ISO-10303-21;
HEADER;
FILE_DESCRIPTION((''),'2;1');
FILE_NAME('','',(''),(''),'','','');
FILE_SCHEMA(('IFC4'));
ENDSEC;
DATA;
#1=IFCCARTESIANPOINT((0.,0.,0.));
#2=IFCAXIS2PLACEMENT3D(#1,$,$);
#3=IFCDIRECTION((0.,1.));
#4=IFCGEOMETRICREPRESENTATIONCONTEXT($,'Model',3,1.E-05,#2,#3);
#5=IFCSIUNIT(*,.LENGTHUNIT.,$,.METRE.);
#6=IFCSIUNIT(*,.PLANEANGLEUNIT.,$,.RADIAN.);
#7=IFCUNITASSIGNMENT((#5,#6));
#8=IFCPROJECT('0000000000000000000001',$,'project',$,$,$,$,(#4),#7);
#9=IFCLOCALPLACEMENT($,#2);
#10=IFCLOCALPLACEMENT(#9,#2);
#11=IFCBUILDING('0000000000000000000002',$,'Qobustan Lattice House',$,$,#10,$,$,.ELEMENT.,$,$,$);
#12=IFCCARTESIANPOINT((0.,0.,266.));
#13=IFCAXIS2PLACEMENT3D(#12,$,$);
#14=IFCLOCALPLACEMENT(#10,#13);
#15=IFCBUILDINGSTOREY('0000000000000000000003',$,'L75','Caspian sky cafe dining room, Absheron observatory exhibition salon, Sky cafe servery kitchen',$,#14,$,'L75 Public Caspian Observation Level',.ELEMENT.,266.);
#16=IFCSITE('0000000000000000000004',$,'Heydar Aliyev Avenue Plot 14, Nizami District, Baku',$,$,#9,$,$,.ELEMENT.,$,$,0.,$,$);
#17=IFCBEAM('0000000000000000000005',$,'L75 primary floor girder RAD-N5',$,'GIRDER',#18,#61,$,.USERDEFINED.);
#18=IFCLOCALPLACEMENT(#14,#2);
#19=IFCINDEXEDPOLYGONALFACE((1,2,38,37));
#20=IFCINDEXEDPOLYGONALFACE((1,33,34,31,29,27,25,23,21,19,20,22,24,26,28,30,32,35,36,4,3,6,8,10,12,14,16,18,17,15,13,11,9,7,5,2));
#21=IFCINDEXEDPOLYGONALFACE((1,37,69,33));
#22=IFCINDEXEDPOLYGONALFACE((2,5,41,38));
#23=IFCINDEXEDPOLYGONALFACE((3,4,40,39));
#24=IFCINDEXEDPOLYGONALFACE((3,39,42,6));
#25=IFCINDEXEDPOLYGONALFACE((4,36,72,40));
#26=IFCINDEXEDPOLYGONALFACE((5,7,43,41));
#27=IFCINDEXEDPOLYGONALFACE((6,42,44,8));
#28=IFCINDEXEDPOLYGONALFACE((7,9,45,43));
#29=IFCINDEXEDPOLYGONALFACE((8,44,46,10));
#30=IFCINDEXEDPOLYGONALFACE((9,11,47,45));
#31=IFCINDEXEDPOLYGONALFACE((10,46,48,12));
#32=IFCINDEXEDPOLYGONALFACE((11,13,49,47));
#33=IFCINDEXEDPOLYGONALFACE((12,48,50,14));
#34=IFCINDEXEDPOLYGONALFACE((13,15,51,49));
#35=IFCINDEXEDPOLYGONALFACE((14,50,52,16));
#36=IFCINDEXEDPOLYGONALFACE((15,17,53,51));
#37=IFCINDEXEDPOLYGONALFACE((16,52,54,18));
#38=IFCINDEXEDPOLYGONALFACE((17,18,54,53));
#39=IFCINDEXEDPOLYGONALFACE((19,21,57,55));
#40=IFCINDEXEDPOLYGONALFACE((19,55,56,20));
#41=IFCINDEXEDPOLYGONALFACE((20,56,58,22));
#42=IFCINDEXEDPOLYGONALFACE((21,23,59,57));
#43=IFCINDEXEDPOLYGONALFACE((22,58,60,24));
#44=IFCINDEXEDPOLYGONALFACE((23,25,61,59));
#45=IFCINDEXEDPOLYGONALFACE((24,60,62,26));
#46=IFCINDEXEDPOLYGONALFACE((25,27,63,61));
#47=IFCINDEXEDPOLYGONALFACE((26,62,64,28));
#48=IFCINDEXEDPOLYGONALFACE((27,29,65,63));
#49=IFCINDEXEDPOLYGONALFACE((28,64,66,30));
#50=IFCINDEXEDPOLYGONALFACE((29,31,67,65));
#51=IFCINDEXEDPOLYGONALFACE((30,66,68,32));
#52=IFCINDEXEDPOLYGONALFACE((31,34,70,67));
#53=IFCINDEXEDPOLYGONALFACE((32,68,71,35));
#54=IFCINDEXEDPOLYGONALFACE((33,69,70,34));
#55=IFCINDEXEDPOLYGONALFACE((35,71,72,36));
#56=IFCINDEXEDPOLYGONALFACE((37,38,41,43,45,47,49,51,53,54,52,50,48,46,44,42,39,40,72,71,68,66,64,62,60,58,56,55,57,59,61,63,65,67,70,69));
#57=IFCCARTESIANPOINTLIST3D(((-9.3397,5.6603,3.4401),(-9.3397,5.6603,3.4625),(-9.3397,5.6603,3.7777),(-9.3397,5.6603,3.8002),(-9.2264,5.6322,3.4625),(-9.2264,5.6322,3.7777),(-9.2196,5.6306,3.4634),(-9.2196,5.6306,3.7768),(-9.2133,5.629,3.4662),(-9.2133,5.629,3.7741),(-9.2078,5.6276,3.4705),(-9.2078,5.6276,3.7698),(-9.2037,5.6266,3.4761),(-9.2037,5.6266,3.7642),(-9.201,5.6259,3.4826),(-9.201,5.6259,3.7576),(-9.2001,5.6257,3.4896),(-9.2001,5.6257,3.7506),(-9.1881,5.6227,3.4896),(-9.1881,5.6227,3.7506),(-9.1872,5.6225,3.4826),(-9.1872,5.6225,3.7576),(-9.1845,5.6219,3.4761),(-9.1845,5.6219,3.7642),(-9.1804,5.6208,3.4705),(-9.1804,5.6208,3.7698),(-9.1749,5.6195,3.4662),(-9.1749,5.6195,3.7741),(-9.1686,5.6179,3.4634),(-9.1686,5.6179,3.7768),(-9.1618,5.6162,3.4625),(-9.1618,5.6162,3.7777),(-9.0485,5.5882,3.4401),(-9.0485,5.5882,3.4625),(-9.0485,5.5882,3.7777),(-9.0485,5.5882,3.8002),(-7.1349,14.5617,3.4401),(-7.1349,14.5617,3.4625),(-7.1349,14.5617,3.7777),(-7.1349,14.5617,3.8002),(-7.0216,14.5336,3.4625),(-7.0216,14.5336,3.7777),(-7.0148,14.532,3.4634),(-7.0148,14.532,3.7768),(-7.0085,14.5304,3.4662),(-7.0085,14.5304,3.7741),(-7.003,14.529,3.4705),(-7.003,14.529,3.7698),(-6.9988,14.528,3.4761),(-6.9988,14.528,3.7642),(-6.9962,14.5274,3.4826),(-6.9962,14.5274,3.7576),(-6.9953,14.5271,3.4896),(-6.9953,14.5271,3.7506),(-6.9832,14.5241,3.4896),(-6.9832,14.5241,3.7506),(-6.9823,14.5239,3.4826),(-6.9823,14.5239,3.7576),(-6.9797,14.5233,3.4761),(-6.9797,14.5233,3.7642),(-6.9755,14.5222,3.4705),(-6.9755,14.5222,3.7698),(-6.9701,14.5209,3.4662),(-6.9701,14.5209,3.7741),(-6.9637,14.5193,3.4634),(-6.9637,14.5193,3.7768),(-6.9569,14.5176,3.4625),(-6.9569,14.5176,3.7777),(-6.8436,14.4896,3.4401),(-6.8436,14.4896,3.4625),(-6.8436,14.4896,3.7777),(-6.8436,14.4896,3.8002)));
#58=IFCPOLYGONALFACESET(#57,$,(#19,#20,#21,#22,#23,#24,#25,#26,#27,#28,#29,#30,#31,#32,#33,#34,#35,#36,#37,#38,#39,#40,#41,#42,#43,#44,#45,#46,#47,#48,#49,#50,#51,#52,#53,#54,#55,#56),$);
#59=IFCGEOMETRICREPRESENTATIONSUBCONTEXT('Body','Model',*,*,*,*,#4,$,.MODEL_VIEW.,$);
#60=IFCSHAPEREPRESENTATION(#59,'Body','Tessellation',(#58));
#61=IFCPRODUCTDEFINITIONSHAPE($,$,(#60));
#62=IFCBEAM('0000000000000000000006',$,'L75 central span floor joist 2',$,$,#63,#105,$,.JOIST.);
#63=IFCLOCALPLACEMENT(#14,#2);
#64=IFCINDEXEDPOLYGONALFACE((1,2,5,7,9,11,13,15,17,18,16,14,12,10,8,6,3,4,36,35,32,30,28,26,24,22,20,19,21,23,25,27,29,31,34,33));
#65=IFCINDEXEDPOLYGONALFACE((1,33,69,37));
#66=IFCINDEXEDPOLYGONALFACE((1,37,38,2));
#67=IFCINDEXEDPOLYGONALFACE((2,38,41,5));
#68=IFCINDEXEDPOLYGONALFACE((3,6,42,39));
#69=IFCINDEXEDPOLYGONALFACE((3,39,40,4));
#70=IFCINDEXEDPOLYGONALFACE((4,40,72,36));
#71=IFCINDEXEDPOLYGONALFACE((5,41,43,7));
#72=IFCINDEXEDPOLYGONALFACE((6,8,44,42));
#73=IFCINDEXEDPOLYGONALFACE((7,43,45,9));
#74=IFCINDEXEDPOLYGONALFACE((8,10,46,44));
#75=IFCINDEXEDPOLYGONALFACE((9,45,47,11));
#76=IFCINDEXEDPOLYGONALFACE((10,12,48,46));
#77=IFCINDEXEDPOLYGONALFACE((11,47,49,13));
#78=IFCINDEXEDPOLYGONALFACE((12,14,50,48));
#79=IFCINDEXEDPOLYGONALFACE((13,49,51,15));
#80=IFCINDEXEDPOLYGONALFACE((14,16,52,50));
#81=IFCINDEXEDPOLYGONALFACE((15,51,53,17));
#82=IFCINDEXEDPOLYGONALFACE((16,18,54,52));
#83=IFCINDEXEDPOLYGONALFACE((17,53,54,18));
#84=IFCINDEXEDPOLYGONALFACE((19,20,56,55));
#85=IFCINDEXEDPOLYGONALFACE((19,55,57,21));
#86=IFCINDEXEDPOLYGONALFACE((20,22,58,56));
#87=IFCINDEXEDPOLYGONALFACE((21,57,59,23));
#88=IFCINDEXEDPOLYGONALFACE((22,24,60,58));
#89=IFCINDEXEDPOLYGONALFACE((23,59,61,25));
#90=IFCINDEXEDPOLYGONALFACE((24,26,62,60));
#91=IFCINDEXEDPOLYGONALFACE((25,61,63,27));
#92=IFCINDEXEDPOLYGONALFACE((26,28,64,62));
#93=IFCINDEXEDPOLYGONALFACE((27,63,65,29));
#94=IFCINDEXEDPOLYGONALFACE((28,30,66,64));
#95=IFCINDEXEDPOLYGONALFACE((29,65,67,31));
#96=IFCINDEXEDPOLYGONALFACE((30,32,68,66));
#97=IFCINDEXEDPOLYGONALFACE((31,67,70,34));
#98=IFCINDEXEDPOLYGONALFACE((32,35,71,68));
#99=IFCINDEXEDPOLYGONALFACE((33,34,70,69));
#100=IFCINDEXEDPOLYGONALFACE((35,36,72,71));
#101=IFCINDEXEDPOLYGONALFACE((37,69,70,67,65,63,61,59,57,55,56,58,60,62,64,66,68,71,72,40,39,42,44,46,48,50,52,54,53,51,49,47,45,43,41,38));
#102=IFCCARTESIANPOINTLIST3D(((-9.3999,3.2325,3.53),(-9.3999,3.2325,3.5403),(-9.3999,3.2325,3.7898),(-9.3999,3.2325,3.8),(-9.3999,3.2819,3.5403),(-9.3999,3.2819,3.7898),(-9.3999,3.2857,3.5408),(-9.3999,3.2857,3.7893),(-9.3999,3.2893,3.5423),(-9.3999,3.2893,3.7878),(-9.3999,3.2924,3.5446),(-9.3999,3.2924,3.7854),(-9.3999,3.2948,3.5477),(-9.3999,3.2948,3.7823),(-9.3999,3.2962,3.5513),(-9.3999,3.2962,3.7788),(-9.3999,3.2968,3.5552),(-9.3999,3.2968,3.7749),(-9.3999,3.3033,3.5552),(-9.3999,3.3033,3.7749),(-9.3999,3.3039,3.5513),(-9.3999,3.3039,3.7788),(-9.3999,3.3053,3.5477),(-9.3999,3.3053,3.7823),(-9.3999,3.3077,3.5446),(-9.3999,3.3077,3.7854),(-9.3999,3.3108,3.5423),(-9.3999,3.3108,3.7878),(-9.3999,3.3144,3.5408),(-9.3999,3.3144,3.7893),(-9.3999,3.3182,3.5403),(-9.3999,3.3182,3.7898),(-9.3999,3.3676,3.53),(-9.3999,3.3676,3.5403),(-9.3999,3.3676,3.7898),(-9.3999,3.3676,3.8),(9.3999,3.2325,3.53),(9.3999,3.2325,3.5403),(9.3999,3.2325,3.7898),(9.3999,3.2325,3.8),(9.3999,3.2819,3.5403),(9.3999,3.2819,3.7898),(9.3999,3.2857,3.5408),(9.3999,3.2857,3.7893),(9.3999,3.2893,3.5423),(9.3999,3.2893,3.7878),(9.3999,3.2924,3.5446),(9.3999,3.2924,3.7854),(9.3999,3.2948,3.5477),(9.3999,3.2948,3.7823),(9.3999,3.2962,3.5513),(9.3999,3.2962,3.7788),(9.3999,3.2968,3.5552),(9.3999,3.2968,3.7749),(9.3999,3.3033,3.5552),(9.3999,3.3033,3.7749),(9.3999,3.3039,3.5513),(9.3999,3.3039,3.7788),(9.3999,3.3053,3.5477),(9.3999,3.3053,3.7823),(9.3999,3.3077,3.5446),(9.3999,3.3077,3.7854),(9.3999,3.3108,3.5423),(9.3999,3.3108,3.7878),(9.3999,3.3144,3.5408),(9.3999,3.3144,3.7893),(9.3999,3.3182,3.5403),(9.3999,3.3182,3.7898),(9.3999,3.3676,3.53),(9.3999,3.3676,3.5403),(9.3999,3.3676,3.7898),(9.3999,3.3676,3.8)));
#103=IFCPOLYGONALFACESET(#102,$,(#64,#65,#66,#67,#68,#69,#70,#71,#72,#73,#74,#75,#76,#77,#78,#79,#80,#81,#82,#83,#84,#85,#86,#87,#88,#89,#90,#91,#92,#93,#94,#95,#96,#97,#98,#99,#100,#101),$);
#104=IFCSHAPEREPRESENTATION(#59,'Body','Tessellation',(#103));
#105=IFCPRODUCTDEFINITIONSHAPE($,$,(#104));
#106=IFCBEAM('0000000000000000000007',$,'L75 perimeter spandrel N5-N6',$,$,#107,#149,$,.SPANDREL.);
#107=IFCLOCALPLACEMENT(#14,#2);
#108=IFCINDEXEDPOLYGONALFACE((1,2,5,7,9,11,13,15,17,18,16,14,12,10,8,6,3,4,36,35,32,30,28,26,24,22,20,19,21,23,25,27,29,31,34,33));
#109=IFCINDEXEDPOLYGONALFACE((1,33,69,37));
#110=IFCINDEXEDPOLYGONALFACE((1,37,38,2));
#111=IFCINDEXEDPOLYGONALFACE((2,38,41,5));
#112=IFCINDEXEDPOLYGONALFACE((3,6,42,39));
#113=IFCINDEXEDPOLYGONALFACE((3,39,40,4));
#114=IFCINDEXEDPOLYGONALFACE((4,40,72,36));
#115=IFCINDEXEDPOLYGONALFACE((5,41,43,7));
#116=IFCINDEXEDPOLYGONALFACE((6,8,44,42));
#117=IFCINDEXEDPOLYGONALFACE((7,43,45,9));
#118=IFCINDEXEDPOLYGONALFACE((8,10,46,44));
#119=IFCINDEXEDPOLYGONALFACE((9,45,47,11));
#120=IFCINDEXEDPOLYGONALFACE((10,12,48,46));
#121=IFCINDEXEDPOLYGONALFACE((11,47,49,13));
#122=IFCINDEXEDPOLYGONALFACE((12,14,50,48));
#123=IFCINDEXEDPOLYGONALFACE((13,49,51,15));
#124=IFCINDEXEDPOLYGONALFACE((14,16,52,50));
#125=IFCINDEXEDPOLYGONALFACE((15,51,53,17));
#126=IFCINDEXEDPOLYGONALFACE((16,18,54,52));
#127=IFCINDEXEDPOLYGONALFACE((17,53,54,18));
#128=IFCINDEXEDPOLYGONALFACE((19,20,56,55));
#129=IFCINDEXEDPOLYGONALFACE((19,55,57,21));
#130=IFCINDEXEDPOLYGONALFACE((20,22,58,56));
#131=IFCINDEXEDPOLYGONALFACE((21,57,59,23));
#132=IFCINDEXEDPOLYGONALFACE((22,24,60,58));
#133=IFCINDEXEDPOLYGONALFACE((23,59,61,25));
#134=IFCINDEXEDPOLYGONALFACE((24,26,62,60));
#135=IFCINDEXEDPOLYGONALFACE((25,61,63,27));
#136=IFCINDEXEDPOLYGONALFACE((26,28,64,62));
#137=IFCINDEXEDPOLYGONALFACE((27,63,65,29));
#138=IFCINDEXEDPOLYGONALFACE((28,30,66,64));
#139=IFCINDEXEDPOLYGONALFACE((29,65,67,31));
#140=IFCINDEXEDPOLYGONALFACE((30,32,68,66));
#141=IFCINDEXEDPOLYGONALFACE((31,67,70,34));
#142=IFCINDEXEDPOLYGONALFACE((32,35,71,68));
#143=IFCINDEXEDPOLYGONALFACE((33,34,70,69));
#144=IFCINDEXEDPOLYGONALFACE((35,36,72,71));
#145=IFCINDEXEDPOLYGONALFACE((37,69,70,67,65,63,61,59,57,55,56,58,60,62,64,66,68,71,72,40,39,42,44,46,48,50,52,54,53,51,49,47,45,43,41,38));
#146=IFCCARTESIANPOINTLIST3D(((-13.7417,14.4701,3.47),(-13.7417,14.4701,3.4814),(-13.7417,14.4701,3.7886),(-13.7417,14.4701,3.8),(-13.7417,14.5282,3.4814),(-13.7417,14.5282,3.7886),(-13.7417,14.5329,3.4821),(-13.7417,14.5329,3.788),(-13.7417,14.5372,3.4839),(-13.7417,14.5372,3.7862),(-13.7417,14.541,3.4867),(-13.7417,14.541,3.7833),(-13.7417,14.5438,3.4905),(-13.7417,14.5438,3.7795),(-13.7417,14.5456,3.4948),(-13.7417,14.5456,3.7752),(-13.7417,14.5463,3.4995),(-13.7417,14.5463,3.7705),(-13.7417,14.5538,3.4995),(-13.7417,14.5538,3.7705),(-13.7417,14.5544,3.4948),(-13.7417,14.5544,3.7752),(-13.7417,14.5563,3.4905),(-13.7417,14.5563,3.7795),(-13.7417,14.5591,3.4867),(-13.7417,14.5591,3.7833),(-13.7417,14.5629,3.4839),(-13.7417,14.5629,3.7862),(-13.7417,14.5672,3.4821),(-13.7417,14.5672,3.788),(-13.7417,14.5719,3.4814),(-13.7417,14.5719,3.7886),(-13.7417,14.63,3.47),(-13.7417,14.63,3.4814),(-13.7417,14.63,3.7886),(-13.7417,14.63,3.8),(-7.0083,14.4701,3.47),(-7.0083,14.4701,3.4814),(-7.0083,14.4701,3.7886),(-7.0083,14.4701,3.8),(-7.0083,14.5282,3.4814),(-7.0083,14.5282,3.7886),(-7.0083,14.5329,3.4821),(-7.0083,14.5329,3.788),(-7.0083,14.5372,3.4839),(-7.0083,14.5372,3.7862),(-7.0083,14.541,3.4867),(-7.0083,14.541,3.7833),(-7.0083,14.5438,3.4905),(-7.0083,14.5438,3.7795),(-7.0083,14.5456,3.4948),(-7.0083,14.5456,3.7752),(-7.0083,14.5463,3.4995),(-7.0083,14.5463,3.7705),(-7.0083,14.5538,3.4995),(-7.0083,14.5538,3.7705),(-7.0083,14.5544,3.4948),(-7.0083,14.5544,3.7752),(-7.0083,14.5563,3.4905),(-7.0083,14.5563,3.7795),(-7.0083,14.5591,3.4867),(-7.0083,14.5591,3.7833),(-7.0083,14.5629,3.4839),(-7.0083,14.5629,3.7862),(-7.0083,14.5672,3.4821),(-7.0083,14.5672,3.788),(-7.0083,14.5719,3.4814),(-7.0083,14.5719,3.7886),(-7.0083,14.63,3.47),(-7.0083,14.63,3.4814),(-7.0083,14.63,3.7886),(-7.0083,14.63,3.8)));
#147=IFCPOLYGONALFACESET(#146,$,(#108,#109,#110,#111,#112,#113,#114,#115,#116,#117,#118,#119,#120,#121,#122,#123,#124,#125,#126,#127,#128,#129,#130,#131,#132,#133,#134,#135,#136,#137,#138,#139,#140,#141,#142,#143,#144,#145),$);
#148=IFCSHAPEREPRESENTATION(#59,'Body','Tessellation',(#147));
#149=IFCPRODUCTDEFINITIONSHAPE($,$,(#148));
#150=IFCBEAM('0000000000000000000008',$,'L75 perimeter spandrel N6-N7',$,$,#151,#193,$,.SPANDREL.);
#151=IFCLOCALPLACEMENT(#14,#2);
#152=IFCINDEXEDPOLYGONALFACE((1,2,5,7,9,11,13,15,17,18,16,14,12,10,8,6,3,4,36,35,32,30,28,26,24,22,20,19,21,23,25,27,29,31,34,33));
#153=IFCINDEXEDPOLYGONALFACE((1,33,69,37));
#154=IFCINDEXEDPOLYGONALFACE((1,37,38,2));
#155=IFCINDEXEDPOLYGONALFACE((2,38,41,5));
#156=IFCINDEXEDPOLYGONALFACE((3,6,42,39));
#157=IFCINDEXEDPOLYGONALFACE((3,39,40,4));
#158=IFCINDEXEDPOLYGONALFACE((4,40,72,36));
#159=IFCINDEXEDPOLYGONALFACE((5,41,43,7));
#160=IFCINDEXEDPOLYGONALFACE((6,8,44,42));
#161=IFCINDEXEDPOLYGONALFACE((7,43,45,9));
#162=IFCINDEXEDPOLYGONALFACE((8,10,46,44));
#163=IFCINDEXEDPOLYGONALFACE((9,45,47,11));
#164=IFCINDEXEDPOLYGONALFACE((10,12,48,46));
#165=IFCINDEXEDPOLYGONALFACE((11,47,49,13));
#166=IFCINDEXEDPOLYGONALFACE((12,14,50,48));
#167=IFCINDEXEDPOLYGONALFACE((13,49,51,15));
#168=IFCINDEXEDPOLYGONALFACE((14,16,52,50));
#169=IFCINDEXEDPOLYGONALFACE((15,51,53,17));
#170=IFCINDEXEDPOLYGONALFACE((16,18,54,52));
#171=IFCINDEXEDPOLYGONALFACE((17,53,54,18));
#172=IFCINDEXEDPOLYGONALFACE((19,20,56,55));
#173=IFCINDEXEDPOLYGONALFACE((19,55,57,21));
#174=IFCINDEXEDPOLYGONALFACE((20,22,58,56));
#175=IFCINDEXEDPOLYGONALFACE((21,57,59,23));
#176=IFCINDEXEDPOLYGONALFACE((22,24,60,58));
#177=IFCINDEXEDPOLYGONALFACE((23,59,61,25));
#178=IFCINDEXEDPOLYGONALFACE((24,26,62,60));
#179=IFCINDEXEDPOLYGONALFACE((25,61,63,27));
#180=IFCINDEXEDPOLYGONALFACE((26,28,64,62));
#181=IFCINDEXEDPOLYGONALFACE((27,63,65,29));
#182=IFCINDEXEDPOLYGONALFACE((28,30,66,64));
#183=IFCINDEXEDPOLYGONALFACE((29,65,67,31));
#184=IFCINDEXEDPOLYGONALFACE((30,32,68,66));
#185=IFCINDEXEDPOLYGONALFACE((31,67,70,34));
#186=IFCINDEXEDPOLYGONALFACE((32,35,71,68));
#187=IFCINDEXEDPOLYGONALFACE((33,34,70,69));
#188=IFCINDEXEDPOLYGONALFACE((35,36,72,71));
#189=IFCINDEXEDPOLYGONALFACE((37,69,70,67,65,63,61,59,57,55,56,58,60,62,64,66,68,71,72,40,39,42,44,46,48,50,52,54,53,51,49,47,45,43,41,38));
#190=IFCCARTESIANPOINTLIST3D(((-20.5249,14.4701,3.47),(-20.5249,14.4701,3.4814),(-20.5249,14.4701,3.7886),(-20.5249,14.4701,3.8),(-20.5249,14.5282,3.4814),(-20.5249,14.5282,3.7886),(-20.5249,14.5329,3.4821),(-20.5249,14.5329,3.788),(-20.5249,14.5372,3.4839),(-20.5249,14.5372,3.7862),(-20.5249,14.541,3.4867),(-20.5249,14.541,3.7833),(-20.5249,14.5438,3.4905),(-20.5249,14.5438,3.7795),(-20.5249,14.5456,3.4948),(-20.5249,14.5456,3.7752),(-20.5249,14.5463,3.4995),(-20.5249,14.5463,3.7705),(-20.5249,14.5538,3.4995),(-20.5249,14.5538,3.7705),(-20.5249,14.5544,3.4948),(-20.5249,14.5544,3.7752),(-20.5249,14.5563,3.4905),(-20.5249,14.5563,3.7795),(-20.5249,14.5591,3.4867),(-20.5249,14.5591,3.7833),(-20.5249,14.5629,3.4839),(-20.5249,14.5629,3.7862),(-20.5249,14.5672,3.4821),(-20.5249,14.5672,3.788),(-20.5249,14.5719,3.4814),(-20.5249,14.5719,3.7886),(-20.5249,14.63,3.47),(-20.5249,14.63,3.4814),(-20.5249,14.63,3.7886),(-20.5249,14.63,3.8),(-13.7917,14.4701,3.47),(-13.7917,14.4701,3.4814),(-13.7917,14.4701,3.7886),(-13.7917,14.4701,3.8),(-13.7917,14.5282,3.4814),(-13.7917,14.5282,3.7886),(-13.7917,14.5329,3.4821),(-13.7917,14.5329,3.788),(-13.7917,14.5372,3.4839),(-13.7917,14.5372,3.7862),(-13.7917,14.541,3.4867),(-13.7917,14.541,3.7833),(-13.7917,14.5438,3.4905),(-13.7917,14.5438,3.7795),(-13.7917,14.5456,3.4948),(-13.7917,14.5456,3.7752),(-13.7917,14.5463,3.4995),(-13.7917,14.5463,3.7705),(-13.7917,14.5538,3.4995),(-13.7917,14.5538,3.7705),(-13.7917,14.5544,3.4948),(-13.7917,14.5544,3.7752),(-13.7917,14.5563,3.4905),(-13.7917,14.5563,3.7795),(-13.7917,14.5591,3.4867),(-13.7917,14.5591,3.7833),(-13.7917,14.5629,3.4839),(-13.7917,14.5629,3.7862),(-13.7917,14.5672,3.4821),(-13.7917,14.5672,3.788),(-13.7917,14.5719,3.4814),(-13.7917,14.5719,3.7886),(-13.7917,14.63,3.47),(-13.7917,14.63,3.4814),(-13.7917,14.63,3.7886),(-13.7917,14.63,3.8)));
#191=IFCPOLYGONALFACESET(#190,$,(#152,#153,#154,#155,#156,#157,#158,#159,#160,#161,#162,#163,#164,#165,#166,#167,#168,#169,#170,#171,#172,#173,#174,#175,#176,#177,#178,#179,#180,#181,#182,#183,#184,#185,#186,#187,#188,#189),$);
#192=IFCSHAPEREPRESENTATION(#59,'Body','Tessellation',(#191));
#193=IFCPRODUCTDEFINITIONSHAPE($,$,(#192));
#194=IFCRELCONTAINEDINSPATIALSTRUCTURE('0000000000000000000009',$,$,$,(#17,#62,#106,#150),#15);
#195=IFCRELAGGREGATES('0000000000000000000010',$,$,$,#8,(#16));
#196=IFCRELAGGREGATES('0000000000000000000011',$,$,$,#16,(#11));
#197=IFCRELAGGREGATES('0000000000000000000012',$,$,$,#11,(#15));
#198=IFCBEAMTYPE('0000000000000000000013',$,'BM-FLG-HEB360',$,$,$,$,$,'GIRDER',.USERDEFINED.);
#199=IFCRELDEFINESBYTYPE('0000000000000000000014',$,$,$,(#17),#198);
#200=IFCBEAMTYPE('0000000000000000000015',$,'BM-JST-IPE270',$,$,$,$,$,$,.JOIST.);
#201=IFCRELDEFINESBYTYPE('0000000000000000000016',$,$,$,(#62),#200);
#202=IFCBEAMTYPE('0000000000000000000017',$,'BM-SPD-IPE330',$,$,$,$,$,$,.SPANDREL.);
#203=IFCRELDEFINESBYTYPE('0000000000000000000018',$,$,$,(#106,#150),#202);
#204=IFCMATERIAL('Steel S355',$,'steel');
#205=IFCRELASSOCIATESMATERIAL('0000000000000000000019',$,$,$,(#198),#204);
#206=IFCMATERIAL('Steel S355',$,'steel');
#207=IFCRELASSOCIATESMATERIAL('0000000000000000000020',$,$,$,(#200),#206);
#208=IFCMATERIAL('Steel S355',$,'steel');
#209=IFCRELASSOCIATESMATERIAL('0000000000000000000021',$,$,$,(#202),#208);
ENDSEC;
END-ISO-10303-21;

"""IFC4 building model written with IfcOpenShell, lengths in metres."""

from ifc_helpers import new_model, si_unit, direction, frame, origin, origin_2d, place, context, subcontext, project, spatial, i_section, extrude, material, material_profile, profile_set, type_object, element, save


model = new_model("IFC4")

# Units and contexts
model_context = context("Model", 3, precision=1e-05, world=origin(), true_north=direction((0.0, 1.0)))
body_context = subcontext(model_context, "Body", "Model", "MODEL_VIEW")
ifc_project = project(units=[si_unit("LENGTHUNIT", "METRE"), si_unit("PLANEANGLEUNIT", "RADIAN")], contexts=[model_context])

# Site, building, storey
site_placement = place(None, origin())
site = spatial("IfcSite", under=ifc_project, at=site_placement, Name="Heydar Aliyev Avenue Plot 14, Nizami District, Baku", CompositionType="ELEMENT", RefElevation=0.0)
building_placement = place(site_placement, origin())
building = spatial("IfcBuilding", under=site, at=building_placement, Name="Qobustan Lattice House", CompositionType="ELEMENT")
storey_placement = place(building_placement, frame((0.0, 0.0, 266.0)))
storey = spatial("IfcBuildingStorey", under=building, at=storey_placement, Name="L75", Description="Caspian sky cafe dining room, Absheron observatory exhibition salon, Sky cafe servery kitchen", LongName="L75 Public Caspian Observation Level", CompositionType="ELEMENT", Elevation=266.0)

# Beams
ifc_material_1 = material(Name="Steel S355", Category="steel")
ifc_material_profile_1 = material_profile(ifc_material_1, i_section(OverallWidth=0.3, OverallDepth=0.3601, WebThickness=0.0125, FlangeThickness=0.0225, FilletRadius=0.0271, at=origin_2d()), Name="HEB360")
ifc_profile_set_1 = profile_set([ifc_material_profile_1], Name="Steel S355")
beam_type_1 = type_object("IfcBeamType", Name="BM-FLG-HEB360", ElementType="GIRDER", PredefinedType="USERDEFINED", material=ifc_profile_set_1)
beam_1_placement = place(storey_placement, frame((-6.9893, 14.5256, 3.6201), z_axis=(-0.24043, -0.970666, 0.0), x_axis=(0.970666, -0.24043, 0.0)))
element("IfcBeam", 1, at=beam_1_placement, inside=storey, type_object=beam_type_1, Name="L75 primary floor girder RAD-N5", ObjectType="GIRDER", PredefinedType="USERDEFINED", context=body_context, shape_type="SweptSolid", body=[
    extrude(i_section(OverallWidth=0.3, OverallDepth=0.3601, WebThickness=0.0125, FlangeThickness=0.0225, FilletRadius=0.0271, at=origin_2d()), origin(), (0.0, 0.0, 1.0), 9.1704),
])
ifc_material_2 = material(Name="Steel S355", Category="steel")
ifc_material_profile_2 = material_profile(ifc_material_2, i_section(OverallWidth=0.135, OverallDepth=0.27, WebThickness=0.0066, FlangeThickness=0.0103, FilletRadius=0.0149, at=origin_2d()), Name="IPE270")
ifc_profile_set_2 = profile_set([ifc_material_profile_2], Name="Steel S355")
beam_type_2 = type_object("IfcBeamType", Name="BM-JST-IPE270", PredefinedType="JOIST", material=ifc_profile_set_2)
beam_2_placement = place(storey_placement, frame((-9.3999, 3.3, 3.665), z_axis=(1.0, 0.0, 0.0), x_axis=(0.0, 1.0, 0.0)))
element("IfcBeam", 2, at=beam_2_placement, inside=storey, type_object=beam_type_2, Name="L75 central span floor joist 2", PredefinedType="JOIST", context=body_context, shape_type="SweptSolid", body=[
    extrude(i_section(OverallWidth=0.135, OverallDepth=0.27, WebThickness=0.0066, FlangeThickness=0.0103, FilletRadius=0.0149, at=origin_2d()), origin(), (0.0, 0.0, 1.0), 18.7998),
])
ifc_material_3 = material(Name="Steel S355", Category="steel")
ifc_material_profile_3 = material_profile(ifc_material_3, i_section(OverallWidth=0.1599, OverallDepth=0.3301, WebThickness=0.0076, FlangeThickness=0.0115, FilletRadius=0.0181, at=origin_2d()), Name="IPE330")
ifc_profile_set_3 = profile_set([ifc_material_profile_3], Name="Steel S355")
beam_type_3 = type_object("IfcBeamType", Name="BM-SPD-IPE330", PredefinedType="SPANDREL", material=ifc_profile_set_3)
beam_3_placement = place(storey_placement, frame((-7.0083, 14.55, 3.635), z_axis=(-1.0, 0.0, 0.0), x_axis=(0.0, -1.0, 0.0)))
element("IfcBeam", 3, at=beam_3_placement, inside=storey, type_object=beam_type_3, Name="L75 perimeter spandrel N5-N6", PredefinedType="SPANDREL", context=body_context, shape_type="SweptSolid", body=[
    extrude(i_section(OverallWidth=0.1599, OverallDepth=0.3301, WebThickness=0.0076, FlangeThickness=0.0115, FilletRadius=0.0181, at=origin_2d()), origin(), (0.0, 0.0, 1.0), 6.7334),
])
beam_4_placement = place(storey_placement, frame((-13.7917, 14.55, 3.635), z_axis=(-1.0, 0.0, 0.0), x_axis=(0.0, -1.0, 0.0)))
element("IfcBeam", 4, at=beam_4_placement, inside=storey, type_object=beam_type_3, Name="L75 perimeter spandrel N6-N7", PredefinedType="SPANDREL", context=body_context, shape_type="SweptSolid", body=[
    extrude(i_section(OverallWidth=0.1599, OverallDepth=0.3301, WebThickness=0.0076, FlangeThickness=0.0115, FilletRadius=0.0181, at=origin_2d()), origin(), (0.0, 0.0, 1.0), 6.7332),
])

save(model, "model.ifc")
